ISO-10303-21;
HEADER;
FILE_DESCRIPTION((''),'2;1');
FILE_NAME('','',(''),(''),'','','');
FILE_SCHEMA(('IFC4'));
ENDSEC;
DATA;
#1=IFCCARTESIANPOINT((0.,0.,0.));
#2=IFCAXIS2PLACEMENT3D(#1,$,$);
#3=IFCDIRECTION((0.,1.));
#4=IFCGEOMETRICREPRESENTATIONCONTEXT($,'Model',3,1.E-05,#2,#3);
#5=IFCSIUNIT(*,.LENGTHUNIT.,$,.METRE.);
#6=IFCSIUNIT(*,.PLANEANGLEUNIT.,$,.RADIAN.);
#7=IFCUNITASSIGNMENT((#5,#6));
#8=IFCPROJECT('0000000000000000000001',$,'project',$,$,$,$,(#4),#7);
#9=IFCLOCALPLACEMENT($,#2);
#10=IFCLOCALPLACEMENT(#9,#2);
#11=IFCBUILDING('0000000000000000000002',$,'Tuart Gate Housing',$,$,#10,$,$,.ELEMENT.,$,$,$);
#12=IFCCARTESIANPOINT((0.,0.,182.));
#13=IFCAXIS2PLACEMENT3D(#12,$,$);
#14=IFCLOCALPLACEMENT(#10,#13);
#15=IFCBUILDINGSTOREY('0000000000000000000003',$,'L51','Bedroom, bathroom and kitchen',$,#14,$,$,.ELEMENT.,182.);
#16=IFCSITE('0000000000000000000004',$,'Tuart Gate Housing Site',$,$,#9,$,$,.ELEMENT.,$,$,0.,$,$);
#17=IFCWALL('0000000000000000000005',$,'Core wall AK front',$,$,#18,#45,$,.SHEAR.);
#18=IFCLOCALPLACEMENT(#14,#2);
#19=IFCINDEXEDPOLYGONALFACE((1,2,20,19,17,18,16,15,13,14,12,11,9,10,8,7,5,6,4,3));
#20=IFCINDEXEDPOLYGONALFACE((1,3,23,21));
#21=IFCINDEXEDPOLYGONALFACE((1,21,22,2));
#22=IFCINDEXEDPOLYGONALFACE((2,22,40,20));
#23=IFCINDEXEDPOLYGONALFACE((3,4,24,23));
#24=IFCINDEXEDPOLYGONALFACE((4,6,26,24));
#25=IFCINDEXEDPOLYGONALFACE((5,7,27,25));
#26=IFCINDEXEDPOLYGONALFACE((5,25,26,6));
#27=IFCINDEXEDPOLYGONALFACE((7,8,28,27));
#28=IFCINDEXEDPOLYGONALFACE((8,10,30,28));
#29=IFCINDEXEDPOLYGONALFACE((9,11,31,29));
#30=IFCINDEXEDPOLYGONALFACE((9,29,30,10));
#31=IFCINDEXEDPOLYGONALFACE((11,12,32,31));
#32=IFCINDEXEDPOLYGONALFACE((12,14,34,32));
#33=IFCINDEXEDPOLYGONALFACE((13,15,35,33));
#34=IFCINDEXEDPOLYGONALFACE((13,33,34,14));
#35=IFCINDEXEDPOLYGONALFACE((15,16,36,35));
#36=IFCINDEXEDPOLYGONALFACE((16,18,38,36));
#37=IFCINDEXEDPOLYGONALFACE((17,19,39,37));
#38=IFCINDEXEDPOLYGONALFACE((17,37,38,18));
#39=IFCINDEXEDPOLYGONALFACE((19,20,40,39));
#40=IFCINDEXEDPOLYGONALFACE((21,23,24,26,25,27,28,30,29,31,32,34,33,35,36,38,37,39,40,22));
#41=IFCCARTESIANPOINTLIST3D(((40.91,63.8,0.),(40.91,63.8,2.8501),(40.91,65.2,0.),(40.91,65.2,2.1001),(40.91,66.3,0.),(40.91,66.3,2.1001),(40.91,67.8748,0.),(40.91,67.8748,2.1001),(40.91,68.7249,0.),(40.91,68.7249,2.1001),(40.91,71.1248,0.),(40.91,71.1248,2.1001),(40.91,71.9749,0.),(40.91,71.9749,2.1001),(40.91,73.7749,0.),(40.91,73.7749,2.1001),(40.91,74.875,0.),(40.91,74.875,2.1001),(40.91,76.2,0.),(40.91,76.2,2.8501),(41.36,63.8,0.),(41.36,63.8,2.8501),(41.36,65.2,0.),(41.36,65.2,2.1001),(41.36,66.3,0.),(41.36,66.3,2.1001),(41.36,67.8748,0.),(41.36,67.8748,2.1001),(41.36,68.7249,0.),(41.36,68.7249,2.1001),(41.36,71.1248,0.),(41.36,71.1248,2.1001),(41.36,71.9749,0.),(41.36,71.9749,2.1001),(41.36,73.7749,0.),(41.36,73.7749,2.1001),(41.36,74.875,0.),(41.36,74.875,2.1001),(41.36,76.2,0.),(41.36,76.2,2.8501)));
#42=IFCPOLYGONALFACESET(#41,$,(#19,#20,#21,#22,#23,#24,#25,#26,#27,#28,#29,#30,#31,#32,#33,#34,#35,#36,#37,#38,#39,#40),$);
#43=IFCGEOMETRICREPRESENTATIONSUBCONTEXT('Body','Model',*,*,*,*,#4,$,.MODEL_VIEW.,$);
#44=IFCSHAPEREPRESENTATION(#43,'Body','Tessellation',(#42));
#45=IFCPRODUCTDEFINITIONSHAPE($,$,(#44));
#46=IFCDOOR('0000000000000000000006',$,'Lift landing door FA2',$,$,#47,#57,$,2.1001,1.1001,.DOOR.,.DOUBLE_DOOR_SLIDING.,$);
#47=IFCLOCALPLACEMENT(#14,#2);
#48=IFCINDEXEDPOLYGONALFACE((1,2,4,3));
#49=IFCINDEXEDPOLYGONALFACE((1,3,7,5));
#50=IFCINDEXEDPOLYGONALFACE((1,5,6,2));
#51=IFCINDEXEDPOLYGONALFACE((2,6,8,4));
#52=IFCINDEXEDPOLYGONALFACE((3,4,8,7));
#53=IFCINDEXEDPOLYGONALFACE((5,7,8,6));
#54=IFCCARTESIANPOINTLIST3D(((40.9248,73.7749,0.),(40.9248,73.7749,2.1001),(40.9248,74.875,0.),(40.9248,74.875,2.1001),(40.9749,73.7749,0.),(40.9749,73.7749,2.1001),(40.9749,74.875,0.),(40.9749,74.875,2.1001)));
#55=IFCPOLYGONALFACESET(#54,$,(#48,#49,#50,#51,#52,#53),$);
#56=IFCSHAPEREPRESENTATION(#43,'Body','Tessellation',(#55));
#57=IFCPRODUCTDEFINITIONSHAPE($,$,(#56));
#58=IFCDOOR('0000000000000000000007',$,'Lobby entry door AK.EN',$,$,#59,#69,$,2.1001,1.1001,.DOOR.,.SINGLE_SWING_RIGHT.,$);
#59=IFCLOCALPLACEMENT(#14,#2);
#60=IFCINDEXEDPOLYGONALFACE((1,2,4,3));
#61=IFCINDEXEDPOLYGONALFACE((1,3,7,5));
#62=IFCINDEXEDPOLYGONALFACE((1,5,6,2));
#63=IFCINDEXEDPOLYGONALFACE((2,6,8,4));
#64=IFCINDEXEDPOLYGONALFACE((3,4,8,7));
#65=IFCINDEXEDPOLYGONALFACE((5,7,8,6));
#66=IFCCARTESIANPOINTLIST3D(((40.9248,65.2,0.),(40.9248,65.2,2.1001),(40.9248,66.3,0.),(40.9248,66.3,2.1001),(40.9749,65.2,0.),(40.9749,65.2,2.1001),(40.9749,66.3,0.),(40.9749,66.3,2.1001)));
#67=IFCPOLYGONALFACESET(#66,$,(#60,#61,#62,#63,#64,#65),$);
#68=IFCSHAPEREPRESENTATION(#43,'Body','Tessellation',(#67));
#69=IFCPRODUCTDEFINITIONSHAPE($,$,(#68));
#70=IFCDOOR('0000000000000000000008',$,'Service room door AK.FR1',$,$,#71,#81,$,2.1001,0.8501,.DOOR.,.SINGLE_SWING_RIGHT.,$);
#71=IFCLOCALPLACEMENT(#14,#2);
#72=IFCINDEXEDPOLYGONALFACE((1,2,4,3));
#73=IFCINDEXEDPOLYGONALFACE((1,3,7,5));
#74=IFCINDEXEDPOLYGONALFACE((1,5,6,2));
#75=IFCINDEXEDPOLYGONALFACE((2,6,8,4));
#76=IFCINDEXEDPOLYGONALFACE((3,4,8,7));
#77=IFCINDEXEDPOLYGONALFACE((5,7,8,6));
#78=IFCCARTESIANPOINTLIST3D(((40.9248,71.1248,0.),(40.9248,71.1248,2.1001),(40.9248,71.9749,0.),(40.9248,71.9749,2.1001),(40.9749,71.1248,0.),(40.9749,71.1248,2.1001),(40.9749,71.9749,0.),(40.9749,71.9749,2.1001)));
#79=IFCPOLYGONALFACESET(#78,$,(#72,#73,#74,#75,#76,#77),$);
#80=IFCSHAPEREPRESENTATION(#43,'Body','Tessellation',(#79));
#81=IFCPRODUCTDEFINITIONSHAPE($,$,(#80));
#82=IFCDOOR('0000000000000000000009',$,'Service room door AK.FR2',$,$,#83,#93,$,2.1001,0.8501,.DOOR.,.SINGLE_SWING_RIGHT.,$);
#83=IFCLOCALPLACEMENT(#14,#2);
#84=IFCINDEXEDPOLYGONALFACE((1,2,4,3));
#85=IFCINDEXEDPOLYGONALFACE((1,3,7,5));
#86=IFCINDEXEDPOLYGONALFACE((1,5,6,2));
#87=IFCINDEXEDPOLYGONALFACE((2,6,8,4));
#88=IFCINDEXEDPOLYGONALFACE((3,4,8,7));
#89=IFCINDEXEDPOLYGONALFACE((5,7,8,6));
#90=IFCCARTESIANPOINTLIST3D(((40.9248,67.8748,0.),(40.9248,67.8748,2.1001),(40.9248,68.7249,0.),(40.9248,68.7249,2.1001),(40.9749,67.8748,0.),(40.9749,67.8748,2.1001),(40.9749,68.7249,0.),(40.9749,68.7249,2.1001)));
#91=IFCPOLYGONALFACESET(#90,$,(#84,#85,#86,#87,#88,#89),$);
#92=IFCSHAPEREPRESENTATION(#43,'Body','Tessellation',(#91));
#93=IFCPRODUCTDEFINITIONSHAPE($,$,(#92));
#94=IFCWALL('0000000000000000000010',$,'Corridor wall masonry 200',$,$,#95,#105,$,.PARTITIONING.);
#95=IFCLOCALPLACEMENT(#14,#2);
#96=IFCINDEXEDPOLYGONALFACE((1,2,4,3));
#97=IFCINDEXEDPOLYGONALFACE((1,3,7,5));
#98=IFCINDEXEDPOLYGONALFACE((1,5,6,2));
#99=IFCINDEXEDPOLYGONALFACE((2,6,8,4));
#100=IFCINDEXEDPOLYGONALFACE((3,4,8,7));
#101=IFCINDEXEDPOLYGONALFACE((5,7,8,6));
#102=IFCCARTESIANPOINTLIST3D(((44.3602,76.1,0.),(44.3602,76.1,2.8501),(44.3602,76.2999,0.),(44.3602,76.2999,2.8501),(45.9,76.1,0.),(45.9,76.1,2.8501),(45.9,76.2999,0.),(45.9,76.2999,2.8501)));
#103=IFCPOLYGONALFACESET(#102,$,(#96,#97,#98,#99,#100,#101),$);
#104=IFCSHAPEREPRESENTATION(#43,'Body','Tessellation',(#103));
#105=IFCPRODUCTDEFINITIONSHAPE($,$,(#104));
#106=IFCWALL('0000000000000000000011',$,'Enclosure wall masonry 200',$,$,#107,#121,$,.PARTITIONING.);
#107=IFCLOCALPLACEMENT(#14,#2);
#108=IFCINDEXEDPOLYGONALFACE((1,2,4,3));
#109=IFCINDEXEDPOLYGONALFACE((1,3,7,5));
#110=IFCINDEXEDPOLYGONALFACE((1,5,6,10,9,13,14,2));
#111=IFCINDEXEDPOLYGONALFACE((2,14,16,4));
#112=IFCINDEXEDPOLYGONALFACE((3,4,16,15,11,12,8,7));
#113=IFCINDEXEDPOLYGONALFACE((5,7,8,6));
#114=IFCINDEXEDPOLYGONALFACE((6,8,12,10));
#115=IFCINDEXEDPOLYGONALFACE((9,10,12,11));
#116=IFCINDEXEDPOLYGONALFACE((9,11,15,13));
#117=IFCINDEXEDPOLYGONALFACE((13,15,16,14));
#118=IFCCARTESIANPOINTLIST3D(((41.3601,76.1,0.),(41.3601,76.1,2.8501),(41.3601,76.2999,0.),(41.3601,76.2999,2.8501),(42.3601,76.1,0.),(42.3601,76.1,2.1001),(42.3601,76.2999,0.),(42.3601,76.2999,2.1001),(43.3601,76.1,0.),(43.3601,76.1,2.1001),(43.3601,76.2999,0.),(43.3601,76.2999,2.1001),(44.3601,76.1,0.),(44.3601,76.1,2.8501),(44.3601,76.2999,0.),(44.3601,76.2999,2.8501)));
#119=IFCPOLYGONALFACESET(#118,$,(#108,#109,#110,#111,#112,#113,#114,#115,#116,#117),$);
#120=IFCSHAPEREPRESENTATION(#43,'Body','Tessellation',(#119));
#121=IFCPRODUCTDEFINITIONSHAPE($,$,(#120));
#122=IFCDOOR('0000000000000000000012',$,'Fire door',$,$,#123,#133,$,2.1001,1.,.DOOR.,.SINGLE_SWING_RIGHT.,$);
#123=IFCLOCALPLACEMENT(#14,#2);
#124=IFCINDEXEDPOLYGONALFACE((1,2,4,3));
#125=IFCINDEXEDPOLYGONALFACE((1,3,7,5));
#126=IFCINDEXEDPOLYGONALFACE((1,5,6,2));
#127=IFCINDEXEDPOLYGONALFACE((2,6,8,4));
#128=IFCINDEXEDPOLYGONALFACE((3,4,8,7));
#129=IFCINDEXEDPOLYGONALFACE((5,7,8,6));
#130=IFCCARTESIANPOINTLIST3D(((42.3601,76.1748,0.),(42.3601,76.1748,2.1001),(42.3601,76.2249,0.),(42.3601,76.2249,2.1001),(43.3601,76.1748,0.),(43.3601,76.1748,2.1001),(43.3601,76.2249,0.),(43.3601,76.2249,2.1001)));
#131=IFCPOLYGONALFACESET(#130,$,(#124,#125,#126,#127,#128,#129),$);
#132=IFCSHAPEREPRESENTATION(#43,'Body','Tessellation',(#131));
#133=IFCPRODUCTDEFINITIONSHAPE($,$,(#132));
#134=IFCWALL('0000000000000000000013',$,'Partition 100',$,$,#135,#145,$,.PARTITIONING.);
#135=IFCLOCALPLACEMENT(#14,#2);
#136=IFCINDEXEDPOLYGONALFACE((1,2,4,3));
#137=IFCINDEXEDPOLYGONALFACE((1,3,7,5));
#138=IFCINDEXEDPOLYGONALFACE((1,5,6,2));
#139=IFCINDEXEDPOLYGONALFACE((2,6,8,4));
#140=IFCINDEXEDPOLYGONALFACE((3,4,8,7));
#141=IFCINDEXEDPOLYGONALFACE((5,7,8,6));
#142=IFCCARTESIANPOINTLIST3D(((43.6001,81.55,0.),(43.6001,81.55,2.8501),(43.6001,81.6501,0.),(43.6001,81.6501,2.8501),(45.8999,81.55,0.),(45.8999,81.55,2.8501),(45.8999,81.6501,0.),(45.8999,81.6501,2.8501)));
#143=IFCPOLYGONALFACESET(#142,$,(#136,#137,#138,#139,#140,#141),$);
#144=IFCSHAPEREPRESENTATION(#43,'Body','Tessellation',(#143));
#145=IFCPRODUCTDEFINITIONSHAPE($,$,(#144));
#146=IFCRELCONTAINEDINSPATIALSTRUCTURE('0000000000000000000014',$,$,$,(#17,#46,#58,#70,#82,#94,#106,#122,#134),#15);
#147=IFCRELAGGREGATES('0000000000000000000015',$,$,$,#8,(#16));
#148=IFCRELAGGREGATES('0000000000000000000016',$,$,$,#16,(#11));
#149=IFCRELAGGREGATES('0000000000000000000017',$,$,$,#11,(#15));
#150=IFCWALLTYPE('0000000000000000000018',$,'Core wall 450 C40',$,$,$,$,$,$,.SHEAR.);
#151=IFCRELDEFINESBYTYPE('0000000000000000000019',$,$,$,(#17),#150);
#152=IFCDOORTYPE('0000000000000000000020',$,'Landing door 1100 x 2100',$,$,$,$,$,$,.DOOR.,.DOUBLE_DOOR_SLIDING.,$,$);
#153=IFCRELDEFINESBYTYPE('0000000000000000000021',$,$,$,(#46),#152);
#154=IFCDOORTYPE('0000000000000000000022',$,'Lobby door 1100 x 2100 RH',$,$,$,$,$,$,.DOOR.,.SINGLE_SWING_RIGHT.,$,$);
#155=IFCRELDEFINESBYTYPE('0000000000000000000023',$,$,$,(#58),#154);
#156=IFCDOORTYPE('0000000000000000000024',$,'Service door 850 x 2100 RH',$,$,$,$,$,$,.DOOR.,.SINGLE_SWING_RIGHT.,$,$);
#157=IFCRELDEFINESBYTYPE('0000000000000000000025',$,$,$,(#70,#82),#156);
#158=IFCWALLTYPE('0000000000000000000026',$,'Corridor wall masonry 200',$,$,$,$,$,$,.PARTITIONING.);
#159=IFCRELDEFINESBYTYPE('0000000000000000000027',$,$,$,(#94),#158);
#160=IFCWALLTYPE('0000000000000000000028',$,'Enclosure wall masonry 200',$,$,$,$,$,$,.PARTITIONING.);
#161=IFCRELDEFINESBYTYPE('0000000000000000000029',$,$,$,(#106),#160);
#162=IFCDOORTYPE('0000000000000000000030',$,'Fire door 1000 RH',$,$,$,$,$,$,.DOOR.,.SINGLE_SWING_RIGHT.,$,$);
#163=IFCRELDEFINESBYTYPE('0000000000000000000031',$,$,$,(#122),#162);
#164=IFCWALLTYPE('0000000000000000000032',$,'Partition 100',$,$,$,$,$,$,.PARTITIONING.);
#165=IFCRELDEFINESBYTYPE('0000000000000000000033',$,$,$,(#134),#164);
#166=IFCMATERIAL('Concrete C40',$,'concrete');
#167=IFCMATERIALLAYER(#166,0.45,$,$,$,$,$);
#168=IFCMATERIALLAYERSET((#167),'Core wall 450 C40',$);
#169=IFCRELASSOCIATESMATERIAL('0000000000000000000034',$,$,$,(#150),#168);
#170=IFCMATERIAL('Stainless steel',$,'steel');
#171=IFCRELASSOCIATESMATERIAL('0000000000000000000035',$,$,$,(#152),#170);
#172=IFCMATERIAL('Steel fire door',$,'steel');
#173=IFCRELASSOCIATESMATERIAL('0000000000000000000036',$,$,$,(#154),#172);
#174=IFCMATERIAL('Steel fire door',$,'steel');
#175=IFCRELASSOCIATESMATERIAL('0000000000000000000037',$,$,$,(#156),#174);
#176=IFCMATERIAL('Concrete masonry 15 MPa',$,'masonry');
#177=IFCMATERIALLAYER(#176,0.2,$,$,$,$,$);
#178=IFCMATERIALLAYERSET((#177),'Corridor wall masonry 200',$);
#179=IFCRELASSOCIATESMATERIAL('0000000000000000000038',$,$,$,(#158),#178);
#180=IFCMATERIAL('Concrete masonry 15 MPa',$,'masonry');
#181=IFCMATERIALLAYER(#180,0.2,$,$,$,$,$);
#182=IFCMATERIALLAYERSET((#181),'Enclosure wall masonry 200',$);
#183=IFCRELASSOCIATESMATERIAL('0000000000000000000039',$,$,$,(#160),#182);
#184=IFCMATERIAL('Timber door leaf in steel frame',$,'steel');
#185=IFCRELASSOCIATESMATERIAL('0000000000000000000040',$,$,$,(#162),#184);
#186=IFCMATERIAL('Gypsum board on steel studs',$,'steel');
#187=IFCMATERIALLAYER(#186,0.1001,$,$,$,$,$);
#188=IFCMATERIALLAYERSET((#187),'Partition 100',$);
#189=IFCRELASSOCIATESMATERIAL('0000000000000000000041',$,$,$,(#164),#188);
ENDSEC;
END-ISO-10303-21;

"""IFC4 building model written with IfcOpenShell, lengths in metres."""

from ifc_helpers import new_model, si_unit, direction, frame, frame_2d, origin, place, context, subcontext, project, spatial, rectangle, extrude, material, layer, layer_set, type_object, element, fill, save


model = new_model("IFC4")

# Units and contexts
model_context = context("Model", 3, precision=1e-05, world=origin(), true_north=direction((0.0, 1.0)))
body_context = subcontext(model_context, "Body", "Model", "MODEL_VIEW")
ifc_project = project(units=[si_unit("LENGTHUNIT", "METRE"), si_unit("PLANEANGLEUNIT", "RADIAN")], contexts=[model_context])

# Site, building, storey
site_placement = place(None, origin())
site = spatial("IfcSite", under=ifc_project, at=site_placement, Name="Tuart Gate Housing Site", CompositionType="ELEMENT", RefElevation=0.0)
building_placement = place(site_placement, origin())
building = spatial("IfcBuilding", under=site, at=building_placement, Name="Tuart Gate Housing", CompositionType="ELEMENT")
storey_placement = place(building_placement, frame((0.0, 0.0, 182.0)))
storey = spatial("IfcBuildingStorey", under=building, at=storey_placement, Name="L51", Description="Bedroom, bathroom and kitchen", CompositionType="ELEMENT", Elevation=182.0)

# Wall, openings, doors
ifc_material_1 = material(Name="Concrete C40", Category="concrete")
ifc_layer_1 = layer(ifc_material_1, 0.45)
ifc_layer_set_1 = layer_set([ifc_layer_1], Name="Core wall 450 C40")
wall_type_1 = type_object("IfcWallType", Name="Core wall 450 C40", PredefinedType="SHEAR", material=ifc_layer_set_1)
wall_1_placement = place(storey_placement, frame((41.135, 76.2, 0.0), z_axis=(0.0, 0.0, 1.0), x_axis=(0.0, -1.0, 0.0)))
wall_1 = element("IfcWall", 1, at=wall_1_placement, inside=storey, type_object=wall_type_1, Name="Core wall AK front", PredefinedType="SHEAR", context=body_context, shape_type="SweptSolid", body=[
    extrude(rectangle(XDim=12.3999, YDim=0.45, at=frame_2d((6.2, 0.0))), origin(), (0.0, 0.0, 1.0), 2.8501),
])
opening_1_placement = place(wall_1_placement, frame((1.325, 0.0, 0.0)))
opening_1 = element("IfcOpeningElement", 2, at=opening_1_placement, cuts=wall_1, PredefinedType="OPENING", context=body_context, shape_type="SweptSolid", body=[
    extrude(rectangle(XDim=1.1001, YDim=2.1001, at=frame_2d((0.55, 1.05))), frame((0.0, 0.2349, 0.0), z_axis=(0.0, -1.0, 0.0), x_axis=(1.0, 0.0, 0.0)), (0.0, 0.0, 1.0), 0.47),
])
opening_2_placement = place(wall_1_placement, frame((4.2251, 0.0, 0.0)))
opening_2 = element("IfcOpeningElement", 3, at=opening_2_placement, cuts=wall_1, PredefinedType="OPENING", context=body_context, shape_type="SweptSolid", body=[
    extrude(rectangle(XDim=0.8501, YDim=2.1001, at=frame_2d((0.425, 1.05))), frame((0.0, 0.2349, 0.0), z_axis=(0.0, -1.0, 0.0), x_axis=(1.0, 0.0, 0.0)), (0.0, 0.0, 1.0), 0.47),
])
opening_3_placement = place(wall_1_placement, frame((7.4751, 0.0, 0.0)))
opening_3 = element("IfcOpeningElement", 4, at=opening_3_placement, cuts=wall_1, PredefinedType="OPENING", context=body_context, shape_type="SweptSolid", body=[
    extrude(rectangle(XDim=0.8501, YDim=2.1001, at=frame_2d((0.425, 1.05))), frame((0.0, 0.2349, 0.0), z_axis=(0.0, -1.0, 0.0), x_axis=(1.0, 0.0, 0.0)), (0.0, 0.0, 1.0), 0.47),
])
opening_4_placement = place(wall_1_placement, frame((9.8999, 0.0, 0.0)))
opening_4 = element("IfcOpeningElement", 5, at=opening_4_placement, cuts=wall_1, PredefinedType="OPENING", context=body_context, shape_type="SweptSolid", body=[
    extrude(rectangle(XDim=1.1001, YDim=2.1001, at=frame_2d((0.55, 1.05))), frame((0.0, 0.2349, 0.0), z_axis=(0.0, -1.0, 0.0), x_axis=(1.0, 0.0, 0.0)), (0.0, 0.0, 1.0), 0.47),
])
ifc_material_2 = material(Name="Stainless steel", Category="steel")
door_type_1 = type_object("IfcDoorType", Name="Landing door 1100 x 2100", OperationType="DOUBLE_DOOR_SLIDING", PredefinedType="DOOR", material=ifc_material_2)
door_1_placement = place(opening_1_placement, origin())
door_1 = element("IfcDoor", 6, at=door_1_placement, inside=storey, type_object=door_type_1, Name="Lift landing door FA2", OperationType="DOUBLE_DOOR_SLIDING", OverallHeight=2.1001, OverallWidth=1.1001, PredefinedType="DOOR", context=body_context, shape_type="SweptSolid", body=[
    extrude(rectangle(XDim=1.1001, YDim=2.1001, at=frame_2d((0.55, 1.05))), frame((0.0, -0.1602, 0.0), z_axis=(0.0, -1.0, 0.0), x_axis=(1.0, 0.0, 0.0)), (0.0, 0.0, 1.0), 0.05),
])
fill(opening_1, door_1)
ifc_material_3 = material(Name="Steel fire door", Category="steel")
door_type_2 = type_object("IfcDoorType", Name="Lobby door 1100 x 2100 RH", OperationType="SINGLE_SWING_RIGHT", PredefinedType="DOOR", material=ifc_material_3)
door_2_placement = place(opening_4_placement, frame((1.1001, 0.0, 0.0), z_axis=(0.0, 0.0, 1.0), x_axis=(-1.0, 0.0, 0.0)))
door_2 = element("IfcDoor", 7, at=door_2_placement, inside=storey, type_object=door_type_2, Name="Lobby entry door AK.EN", OperationType="SINGLE_SWING_RIGHT", OverallHeight=2.1001, OverallWidth=1.1001, PredefinedType="DOOR", context=body_context, shape_type="SweptSolid", body=[
    extrude(rectangle(XDim=1.1001, YDim=2.1001, at=frame_2d((0.55, 1.05))), frame((0.0, 0.2102, 0.0), z_axis=(0.0, -1.0, 0.0), x_axis=(1.0, 0.0, 0.0)), (0.0, 0.0, 1.0), 0.05),
])
fill(opening_4, door_2)
ifc_material_4 = material(Name="Steel fire door", Category="steel")
door_type_3 = type_object("IfcDoorType", Name="Service door 850 x 2100 RH", OperationType="SINGLE_SWING_RIGHT", PredefinedType="DOOR", material=ifc_material_4)
door_3_placement = place(opening_2_placement, frame((0.8501, 0.0, 0.0), z_axis=(0.0, 0.0, 1.0), x_axis=(-1.0, 0.0, 0.0)))
door_3 = element("IfcDoor", 8, at=door_3_placement, inside=storey, type_object=door_type_3, Name="Service room door AK.FR1", OperationType="SINGLE_SWING_RIGHT", OverallHeight=2.1001, OverallWidth=0.8501, PredefinedType="DOOR", context=body_context, shape_type="SweptSolid", body=[
    extrude(rectangle(XDim=0.8501, YDim=2.1001, at=frame_2d((0.425, 1.05))), frame((0.0, 0.2102, 0.0), z_axis=(0.0, -1.0, 0.0), x_axis=(1.0, 0.0, 0.0)), (0.0, 0.0, 1.0), 0.05),
])
fill(opening_2, door_3)
door_4_placement = place(opening_3_placement, frame((0.8501, 0.0, 0.0), z_axis=(0.0, 0.0, 1.0), x_axis=(-1.0, 0.0, 0.0)))
door_4 = element("IfcDoor", 9, at=door_4_placement, inside=storey, type_object=door_type_3, Name="Service room door AK.FR2", OperationType="SINGLE_SWING_RIGHT", OverallHeight=2.1001, OverallWidth=0.8501, PredefinedType="DOOR", context=body_context, shape_type="SweptSolid", body=[
    extrude(rectangle(XDim=0.8501, YDim=2.1001, at=frame_2d((0.425, 1.05))), frame((0.0, 0.2102, 0.0), z_axis=(0.0, -1.0, 0.0), x_axis=(1.0, 0.0, 0.0)), (0.0, 0.0, 1.0), 0.05),
])
fill(opening_3, door_4)

# Wall
ifc_material_5 = material(Name="Concrete masonry 15 MPa", Category="masonry")
ifc_layer_2 = layer(ifc_material_5, 0.2)
ifc_layer_set_2 = layer_set([ifc_layer_2], Name="Corridor wall masonry 200")
wall_type_2 = type_object("IfcWallType", Name="Corridor wall masonry 200", PredefinedType="PARTITIONING", material=ifc_layer_set_2)
wall_2_placement = place(storey_placement, frame((44.3601, 76.2, 0.0), z_axis=(0.0, 0.0, 1.0), x_axis=(1.0, 0.0, 0.0)))
element("IfcWall", 10, at=wall_2_placement, inside=storey, type_object=wall_type_2, Name="Corridor wall masonry 200", PredefinedType="PARTITIONING", context=body_context, shape_type="SweptSolid", body=[
    extrude(rectangle(XDim=1.5398, YDim=0.2, at=frame_2d((0.77, 0.0))), origin(), (0.0, 0.0, 1.0), 2.8501),
])

# Wall, opening, door
ifc_material_6 = material(Name="Concrete masonry 15 MPa", Category="masonry")
ifc_layer_3 = layer(ifc_material_6, 0.2)
ifc_layer_set_3 = layer_set([ifc_layer_3], Name="Enclosure wall masonry 200")
wall_type_3 = type_object("IfcWallType", Name="Enclosure wall masonry 200", PredefinedType="PARTITIONING", material=ifc_layer_set_3)
wall_3_placement = place(storey_placement, frame((41.3601, 76.2, 0.0), z_axis=(0.0, 0.0, 1.0), x_axis=(1.0, 0.0, 0.0)))
wall_3 = element("IfcWall", 11, at=wall_3_placement, inside=storey, type_object=wall_type_3, Name="Enclosure wall masonry 200", PredefinedType="PARTITIONING", context=body_context, shape_type="SweptSolid", body=[
    extrude(rectangle(XDim=3.0, YDim=0.2, at=frame_2d((1.5, 0.0))), origin(), (0.0, 0.0, 1.0), 2.8501),
])
opening_5_placement = place(wall_3_placement, frame((1.0, 0.0, 0.0)))
opening_5 = element("IfcOpeningElement", 12, at=opening_5_placement, cuts=wall_3, PredefinedType="OPENING", context=body_context, shape_type="SweptSolid", body=[
    extrude(rectangle(XDim=1.0, YDim=2.1001, at=frame_2d((0.5, 1.05))), frame((0.0, 0.1099, 0.0), z_axis=(0.0, -1.0, 0.0), x_axis=(1.0, 0.0, 0.0)), (0.0, 0.0, 1.0), 0.22),
])
ifc_material_7 = material(Name="Timber door leaf in steel frame", Category="steel")
door_type_4 = type_object("IfcDoorType", Name="Fire door 1000 RH", OperationType="SINGLE_SWING_RIGHT", PredefinedType="DOOR", material=ifc_material_7)
door_5_placement = place(opening_5_placement, origin())
door_5 = element("IfcDoor", 13, at=door_5_placement, inside=storey, type_object=door_type_4, Name="Fire door", OperationType="SINGLE_SWING_RIGHT", OverallHeight=2.1001, OverallWidth=1.0, PredefinedType="DOOR", context=body_context, shape_type="SweptSolid", body=[
    extrude(rectangle(XDim=1.0, YDim=2.1001, at=frame_2d((0.5, 1.05))), frame((0.0, 0.0249, 0.0), z_axis=(0.0, -1.0, 0.0), x_axis=(1.0, 0.0, 0.0)), (0.0, 0.0, 1.0), 0.05),
])
fill(opening_5, door_5)

# Wall
ifc_material_8 = material(Name="Gypsum board on steel studs", Category="steel")
ifc_layer_4 = layer(ifc_material_8, 0.1001)
ifc_layer_set_4 = layer_set([ifc_layer_4], Name="Partition 100")
wall_type_4 = type_object("IfcWallType", Name="Partition 100", PredefinedType="PARTITIONING", material=ifc_layer_set_4)
wall_4_placement = place(storey_placement, frame((43.6001, 81.6001, 0.0), z_axis=(0.0, 0.0, 1.0), x_axis=(1.0, 0.0, 0.0)))
element("IfcWall", 14, at=wall_4_placement, inside=storey, type_object=wall_type_4, Name="Partition 100", PredefinedType="PARTITIONING", context=body_context, shape_type="SweptSolid", body=[
    extrude(rectangle(XDim=2.2998, YDim=0.1001, at=frame_2d((1.1499, 0.0))), origin(), (0.0, 0.0, 1.0), 2.8501),
])

save(model, "model.ifc")
